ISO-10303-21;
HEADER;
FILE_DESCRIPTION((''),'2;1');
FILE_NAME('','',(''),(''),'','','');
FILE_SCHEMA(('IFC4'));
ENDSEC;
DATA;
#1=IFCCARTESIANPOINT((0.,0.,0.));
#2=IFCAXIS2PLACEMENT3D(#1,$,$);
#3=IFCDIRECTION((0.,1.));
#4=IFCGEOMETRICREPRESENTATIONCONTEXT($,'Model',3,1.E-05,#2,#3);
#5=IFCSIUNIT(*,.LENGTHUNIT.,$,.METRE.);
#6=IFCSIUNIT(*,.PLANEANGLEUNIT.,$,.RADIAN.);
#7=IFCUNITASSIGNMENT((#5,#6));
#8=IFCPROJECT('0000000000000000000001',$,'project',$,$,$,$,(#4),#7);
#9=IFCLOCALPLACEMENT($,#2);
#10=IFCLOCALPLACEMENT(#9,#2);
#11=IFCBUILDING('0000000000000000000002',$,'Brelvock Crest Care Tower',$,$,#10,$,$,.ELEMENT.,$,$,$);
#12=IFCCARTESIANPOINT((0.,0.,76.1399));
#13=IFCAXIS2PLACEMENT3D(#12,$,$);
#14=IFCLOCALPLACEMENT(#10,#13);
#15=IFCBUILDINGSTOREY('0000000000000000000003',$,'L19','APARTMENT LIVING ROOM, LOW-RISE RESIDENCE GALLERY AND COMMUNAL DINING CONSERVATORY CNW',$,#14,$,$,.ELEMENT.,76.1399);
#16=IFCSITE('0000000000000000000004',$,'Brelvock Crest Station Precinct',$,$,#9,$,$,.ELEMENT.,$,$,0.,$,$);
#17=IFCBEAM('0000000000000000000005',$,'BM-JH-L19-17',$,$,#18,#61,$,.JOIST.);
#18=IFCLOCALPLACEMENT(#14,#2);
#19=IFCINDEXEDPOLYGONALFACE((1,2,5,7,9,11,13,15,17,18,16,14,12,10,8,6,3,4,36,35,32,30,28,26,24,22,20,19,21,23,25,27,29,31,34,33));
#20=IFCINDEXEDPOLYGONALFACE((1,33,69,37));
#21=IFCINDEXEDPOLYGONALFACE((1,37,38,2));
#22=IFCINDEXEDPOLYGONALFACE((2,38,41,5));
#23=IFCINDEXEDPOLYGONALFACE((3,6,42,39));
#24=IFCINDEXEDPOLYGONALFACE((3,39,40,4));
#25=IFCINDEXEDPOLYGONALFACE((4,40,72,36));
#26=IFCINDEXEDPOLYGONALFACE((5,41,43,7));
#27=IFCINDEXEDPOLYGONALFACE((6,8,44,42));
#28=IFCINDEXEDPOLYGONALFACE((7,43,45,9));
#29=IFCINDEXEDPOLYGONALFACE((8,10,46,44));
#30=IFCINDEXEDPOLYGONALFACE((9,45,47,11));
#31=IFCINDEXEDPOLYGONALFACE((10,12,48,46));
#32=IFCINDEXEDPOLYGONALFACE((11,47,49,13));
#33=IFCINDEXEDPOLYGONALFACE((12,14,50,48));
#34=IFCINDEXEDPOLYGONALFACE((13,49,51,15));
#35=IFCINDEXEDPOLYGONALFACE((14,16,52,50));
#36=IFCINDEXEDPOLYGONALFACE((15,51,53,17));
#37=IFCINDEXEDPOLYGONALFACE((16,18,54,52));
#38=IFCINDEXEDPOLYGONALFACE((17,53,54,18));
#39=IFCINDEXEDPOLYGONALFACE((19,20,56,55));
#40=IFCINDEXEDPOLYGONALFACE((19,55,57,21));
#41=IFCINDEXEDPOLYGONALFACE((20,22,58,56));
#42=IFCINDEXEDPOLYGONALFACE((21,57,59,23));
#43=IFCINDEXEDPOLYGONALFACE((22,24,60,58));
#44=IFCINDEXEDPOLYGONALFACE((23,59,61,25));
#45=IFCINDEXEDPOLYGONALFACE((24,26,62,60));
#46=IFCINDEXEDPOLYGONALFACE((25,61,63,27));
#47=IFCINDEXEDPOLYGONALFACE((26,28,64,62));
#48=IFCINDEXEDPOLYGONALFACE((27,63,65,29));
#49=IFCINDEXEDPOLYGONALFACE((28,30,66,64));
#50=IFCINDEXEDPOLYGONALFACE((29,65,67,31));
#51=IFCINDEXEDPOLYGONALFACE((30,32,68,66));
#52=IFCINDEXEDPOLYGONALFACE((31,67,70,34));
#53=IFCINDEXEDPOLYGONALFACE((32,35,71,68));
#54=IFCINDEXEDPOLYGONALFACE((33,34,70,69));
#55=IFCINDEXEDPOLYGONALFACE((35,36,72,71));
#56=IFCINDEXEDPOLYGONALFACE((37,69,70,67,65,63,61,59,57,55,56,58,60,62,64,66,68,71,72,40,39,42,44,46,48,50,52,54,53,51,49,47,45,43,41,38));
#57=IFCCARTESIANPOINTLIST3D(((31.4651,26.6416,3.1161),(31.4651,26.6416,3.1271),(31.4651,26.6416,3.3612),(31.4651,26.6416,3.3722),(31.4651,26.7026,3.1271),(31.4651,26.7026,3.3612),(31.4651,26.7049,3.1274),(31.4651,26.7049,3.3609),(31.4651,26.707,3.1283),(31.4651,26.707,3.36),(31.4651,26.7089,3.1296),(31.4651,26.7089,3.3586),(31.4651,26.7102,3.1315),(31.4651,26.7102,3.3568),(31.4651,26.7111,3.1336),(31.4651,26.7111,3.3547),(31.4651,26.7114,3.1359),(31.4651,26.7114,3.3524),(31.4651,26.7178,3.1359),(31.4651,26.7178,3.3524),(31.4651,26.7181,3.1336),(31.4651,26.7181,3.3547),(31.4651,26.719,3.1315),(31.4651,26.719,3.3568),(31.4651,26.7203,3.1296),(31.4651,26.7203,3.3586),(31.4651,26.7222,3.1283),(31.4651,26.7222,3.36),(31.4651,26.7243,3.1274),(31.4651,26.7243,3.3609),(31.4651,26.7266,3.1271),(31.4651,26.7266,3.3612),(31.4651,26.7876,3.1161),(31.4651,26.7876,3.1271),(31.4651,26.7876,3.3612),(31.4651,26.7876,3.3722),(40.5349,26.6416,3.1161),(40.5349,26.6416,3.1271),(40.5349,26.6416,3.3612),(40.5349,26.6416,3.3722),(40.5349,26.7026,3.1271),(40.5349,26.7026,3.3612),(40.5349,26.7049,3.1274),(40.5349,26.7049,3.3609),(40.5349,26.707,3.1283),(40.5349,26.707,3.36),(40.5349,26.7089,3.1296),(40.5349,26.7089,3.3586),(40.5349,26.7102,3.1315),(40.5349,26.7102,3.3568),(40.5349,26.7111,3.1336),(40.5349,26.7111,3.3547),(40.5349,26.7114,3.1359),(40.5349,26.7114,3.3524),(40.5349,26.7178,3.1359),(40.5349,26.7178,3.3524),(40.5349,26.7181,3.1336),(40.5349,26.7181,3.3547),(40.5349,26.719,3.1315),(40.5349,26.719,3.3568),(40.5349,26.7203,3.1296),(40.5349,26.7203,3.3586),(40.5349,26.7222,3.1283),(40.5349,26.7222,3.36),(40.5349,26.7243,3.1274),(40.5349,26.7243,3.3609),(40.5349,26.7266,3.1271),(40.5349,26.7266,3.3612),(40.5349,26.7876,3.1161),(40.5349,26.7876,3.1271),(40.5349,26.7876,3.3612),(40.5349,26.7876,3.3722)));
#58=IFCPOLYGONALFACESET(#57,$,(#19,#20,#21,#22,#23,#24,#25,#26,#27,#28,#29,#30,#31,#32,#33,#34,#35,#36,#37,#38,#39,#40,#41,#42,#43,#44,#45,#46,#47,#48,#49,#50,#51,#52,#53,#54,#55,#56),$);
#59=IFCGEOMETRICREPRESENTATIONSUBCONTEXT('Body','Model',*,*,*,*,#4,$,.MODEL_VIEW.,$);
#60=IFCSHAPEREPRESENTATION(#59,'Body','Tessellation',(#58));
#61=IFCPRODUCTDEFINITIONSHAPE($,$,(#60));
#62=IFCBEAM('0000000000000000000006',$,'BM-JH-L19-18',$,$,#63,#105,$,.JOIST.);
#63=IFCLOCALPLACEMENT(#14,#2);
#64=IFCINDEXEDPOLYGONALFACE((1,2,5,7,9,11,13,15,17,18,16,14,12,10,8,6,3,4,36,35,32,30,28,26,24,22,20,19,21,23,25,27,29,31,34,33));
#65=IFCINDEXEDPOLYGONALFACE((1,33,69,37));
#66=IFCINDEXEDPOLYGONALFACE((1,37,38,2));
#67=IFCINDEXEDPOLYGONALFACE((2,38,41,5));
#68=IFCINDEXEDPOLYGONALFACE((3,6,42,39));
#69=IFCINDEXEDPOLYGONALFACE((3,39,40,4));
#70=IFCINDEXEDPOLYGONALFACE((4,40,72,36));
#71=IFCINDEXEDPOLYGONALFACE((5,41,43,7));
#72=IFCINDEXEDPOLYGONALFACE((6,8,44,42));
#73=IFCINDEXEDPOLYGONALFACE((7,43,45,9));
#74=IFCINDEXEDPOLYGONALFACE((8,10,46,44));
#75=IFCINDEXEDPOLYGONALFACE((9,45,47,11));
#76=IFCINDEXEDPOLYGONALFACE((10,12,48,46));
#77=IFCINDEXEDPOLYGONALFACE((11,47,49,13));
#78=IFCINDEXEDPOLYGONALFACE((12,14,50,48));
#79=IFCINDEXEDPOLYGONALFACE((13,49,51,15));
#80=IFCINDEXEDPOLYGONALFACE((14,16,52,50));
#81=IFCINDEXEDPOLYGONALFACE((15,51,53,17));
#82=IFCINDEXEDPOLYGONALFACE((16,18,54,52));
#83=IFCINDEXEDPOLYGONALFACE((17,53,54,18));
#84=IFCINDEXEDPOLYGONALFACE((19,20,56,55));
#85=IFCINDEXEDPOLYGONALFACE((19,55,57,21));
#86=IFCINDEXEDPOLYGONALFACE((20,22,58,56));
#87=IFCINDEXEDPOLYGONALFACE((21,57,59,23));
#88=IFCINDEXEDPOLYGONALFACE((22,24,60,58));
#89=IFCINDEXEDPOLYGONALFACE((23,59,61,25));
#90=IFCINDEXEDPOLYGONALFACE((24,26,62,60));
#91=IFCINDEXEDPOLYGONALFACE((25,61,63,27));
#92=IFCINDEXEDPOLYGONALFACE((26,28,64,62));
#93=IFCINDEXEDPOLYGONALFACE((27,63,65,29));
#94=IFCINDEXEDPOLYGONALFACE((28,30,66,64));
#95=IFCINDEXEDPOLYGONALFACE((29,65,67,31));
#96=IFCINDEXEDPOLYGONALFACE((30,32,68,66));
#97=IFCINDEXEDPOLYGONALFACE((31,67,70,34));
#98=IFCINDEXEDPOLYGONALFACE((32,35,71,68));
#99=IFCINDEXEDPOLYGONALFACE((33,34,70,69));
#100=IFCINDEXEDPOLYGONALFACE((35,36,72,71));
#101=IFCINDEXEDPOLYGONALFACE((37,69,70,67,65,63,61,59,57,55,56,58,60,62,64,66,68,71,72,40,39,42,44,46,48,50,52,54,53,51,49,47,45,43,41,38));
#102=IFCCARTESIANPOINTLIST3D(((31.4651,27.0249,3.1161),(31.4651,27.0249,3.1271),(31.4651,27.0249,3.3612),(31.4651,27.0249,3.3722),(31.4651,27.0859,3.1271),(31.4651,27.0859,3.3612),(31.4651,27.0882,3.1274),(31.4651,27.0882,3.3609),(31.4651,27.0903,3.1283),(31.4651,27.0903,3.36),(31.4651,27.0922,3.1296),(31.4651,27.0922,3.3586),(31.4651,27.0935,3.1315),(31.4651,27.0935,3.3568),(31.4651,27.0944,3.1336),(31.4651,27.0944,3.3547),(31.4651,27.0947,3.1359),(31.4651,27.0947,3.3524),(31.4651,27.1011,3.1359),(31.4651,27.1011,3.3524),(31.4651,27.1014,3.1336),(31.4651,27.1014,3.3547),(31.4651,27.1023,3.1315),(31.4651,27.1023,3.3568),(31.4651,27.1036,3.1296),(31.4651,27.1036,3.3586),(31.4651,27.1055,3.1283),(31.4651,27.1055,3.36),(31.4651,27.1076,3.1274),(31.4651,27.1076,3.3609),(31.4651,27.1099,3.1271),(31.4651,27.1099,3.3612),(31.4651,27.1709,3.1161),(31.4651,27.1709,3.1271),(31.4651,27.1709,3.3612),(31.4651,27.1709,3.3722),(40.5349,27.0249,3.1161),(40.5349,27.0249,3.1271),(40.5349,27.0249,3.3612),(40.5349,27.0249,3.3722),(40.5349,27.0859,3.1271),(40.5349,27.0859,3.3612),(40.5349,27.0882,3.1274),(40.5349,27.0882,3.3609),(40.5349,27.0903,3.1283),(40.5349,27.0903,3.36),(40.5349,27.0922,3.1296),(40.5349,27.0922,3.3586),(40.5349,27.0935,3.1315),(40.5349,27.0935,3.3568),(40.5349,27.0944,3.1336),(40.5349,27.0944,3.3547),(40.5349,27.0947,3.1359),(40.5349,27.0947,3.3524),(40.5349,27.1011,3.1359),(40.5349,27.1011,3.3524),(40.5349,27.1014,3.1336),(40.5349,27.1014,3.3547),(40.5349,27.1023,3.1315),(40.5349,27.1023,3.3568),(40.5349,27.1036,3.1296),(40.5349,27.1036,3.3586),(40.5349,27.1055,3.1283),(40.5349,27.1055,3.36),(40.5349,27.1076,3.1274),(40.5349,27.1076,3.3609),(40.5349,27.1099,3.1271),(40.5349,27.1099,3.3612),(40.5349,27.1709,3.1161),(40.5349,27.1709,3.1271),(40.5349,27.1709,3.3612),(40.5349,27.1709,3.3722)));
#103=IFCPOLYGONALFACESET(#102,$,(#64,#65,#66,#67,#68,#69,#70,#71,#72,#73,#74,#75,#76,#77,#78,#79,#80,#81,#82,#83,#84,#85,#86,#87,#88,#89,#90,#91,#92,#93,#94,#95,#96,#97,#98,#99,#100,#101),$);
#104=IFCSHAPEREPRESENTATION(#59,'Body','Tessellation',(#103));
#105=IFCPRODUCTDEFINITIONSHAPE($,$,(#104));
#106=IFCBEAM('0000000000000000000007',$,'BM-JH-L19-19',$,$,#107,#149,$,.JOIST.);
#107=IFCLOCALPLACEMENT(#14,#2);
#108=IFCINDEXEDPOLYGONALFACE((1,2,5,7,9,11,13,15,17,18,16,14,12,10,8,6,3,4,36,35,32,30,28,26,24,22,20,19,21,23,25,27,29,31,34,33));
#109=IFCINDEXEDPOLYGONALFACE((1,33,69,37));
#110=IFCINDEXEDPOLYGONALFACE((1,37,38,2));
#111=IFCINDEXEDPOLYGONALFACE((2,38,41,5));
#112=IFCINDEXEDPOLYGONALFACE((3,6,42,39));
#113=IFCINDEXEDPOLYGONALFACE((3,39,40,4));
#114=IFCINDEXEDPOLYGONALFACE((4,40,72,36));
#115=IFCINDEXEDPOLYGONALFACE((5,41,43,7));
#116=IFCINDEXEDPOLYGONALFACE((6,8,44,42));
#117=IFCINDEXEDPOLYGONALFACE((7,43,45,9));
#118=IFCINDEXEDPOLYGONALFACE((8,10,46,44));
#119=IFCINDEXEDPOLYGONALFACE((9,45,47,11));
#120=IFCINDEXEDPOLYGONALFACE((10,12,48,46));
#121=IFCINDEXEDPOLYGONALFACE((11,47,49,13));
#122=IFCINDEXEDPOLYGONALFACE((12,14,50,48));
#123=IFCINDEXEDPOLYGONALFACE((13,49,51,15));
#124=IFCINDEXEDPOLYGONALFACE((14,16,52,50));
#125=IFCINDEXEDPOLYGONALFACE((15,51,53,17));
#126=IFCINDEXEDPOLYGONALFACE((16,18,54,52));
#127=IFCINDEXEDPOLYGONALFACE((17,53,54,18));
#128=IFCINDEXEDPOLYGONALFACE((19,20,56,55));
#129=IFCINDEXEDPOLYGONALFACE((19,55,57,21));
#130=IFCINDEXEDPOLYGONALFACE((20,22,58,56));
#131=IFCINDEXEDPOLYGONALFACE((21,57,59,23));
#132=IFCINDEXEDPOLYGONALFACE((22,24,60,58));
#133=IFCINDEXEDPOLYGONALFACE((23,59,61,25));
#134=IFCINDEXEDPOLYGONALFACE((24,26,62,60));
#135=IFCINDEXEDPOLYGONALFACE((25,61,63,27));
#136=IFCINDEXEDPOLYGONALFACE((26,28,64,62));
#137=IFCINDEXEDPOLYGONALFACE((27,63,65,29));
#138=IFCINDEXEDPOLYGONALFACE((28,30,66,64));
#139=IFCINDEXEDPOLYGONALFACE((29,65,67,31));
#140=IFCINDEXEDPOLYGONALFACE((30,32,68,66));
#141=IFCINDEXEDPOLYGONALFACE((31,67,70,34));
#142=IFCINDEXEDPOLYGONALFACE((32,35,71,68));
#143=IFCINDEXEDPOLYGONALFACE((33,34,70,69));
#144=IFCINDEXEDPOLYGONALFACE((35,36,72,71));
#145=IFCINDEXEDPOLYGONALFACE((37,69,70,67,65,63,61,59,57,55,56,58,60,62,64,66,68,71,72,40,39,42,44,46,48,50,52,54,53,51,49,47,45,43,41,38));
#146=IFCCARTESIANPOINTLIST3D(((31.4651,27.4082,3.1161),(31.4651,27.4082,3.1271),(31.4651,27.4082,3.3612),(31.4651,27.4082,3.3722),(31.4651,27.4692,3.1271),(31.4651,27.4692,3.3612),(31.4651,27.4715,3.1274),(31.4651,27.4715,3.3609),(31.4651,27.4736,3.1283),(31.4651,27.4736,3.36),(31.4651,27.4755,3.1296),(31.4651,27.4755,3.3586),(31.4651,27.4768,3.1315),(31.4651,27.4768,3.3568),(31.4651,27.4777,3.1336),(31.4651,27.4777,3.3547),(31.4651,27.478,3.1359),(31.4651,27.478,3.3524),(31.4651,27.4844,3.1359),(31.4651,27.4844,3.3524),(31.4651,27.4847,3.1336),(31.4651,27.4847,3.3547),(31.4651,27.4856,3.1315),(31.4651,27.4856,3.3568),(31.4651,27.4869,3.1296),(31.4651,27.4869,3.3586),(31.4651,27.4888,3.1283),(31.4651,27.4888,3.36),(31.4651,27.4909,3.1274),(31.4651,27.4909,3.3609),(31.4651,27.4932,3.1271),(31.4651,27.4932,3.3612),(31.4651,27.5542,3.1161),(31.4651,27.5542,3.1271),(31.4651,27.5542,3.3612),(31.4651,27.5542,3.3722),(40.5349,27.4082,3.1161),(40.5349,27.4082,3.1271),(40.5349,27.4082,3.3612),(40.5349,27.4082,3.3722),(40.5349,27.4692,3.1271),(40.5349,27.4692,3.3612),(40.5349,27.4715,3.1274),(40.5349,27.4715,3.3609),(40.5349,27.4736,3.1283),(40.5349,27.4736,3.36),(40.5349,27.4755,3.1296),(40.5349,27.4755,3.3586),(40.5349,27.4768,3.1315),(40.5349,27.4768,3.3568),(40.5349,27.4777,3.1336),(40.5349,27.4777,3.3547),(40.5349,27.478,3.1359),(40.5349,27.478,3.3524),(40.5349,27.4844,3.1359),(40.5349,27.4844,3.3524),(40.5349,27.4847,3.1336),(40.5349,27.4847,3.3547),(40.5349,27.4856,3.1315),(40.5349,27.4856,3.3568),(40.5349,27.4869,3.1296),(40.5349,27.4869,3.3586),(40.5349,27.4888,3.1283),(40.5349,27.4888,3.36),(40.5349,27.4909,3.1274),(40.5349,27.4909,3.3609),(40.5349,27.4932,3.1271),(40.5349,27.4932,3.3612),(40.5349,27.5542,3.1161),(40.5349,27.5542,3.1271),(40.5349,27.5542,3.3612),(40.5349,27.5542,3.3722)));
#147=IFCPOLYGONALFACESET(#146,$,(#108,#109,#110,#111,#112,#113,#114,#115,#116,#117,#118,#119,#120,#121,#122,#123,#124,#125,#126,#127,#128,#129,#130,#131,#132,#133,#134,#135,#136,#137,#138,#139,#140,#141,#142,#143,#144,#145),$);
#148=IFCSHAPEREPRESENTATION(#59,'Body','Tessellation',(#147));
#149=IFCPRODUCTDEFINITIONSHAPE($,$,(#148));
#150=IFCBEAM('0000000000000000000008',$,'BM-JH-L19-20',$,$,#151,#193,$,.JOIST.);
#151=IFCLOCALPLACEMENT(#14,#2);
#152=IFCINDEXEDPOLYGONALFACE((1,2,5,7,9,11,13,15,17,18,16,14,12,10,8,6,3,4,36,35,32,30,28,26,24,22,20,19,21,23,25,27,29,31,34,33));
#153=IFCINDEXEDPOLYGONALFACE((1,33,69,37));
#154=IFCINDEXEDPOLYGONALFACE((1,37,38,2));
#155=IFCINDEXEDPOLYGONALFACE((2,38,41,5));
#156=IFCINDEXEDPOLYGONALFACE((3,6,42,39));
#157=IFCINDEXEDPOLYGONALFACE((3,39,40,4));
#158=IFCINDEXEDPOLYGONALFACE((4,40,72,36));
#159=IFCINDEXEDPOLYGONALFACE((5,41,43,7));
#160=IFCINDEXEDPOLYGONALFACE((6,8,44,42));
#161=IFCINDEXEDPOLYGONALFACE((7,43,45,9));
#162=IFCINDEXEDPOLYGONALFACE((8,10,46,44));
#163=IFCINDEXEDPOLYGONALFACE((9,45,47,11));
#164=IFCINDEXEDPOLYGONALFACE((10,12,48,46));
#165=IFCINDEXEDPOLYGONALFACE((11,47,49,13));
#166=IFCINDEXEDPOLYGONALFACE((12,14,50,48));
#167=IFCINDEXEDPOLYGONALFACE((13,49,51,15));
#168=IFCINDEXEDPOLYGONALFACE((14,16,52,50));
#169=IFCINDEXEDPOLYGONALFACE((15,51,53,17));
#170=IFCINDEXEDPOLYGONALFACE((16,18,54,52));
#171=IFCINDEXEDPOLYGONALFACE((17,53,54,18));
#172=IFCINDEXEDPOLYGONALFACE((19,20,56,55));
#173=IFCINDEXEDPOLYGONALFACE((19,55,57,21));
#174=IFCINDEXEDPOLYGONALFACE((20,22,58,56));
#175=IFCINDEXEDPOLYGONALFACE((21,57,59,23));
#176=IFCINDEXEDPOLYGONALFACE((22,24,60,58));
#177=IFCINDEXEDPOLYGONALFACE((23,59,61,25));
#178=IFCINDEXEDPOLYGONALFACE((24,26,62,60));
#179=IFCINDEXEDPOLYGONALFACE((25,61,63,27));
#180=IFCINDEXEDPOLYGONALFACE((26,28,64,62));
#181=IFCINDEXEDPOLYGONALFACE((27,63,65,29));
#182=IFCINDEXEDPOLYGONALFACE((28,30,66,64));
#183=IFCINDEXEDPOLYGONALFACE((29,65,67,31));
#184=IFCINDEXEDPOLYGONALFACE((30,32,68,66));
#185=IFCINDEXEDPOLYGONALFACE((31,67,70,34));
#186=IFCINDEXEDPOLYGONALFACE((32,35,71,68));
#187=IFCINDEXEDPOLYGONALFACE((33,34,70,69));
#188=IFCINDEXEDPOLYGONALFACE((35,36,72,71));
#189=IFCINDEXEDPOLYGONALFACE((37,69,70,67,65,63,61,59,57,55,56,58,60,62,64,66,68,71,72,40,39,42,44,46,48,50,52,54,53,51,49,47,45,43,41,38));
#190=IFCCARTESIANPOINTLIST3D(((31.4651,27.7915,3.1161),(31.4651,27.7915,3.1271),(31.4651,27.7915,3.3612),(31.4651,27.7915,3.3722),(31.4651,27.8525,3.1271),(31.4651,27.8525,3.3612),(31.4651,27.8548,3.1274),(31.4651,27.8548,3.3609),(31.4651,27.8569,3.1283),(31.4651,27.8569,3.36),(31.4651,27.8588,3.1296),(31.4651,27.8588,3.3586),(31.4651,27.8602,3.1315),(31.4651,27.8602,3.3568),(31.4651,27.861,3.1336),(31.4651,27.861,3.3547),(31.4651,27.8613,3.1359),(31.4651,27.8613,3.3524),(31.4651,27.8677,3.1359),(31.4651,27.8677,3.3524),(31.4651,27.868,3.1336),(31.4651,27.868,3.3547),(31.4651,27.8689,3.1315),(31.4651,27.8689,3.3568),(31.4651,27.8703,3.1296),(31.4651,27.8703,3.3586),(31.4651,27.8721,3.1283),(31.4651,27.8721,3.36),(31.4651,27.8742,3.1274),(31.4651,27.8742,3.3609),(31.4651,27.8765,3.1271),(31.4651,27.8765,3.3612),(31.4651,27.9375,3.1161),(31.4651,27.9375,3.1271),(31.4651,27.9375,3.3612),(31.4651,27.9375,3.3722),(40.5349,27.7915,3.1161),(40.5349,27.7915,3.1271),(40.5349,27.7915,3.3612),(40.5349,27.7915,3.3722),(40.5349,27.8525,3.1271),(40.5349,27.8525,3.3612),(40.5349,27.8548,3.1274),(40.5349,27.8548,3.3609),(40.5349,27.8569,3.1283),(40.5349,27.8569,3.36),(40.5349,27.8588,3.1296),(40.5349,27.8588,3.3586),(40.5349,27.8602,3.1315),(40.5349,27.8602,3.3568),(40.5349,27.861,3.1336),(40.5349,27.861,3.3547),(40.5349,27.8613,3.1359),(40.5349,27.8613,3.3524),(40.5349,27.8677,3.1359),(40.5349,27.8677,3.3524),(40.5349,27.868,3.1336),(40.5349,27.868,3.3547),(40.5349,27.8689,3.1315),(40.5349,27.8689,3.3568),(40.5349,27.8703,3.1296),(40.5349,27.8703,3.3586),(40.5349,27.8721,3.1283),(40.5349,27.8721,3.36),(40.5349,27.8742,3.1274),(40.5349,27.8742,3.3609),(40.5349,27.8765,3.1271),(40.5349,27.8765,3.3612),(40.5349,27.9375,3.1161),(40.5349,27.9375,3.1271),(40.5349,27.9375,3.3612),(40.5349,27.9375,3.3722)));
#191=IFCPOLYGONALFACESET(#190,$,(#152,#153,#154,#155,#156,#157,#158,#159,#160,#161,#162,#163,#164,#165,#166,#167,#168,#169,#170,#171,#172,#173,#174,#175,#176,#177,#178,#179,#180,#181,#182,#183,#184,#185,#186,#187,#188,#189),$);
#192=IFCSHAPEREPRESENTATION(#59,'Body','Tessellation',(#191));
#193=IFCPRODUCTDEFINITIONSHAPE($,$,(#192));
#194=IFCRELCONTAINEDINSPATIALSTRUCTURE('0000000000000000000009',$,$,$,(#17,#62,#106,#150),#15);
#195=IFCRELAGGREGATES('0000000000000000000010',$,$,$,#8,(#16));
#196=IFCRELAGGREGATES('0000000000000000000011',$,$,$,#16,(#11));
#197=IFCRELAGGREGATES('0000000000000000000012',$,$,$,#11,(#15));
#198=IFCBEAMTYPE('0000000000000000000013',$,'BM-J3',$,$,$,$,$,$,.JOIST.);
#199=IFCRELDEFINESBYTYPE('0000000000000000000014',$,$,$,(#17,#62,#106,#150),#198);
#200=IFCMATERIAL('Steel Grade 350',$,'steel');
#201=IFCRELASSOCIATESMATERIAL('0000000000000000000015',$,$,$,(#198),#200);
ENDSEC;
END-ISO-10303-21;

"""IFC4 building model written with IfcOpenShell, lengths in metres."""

from ifc_helpers import new_model, si_unit, direction, frame, origin, origin_2d, place, context, subcontext, project, spatial, i_section, extrude, source, transform, mapped, material, material_profile, profile_set, type_object, element, save


model = new_model("IFC4")

# Units and contexts
model_context = context("Model", 3, precision=1e-05, world=origin(), true_north=direction((0.0, 1.0)))
body_context = subcontext(model_context, "Body", "Model", "MODEL_VIEW")
ifc_project = project(units=[si_unit("LENGTHUNIT", "METRE"), si_unit("PLANEANGLEUNIT", "RADIAN")], contexts=[model_context])

# Site, building, storey
site_placement = place(None, origin())
site = spatial("IfcSite", under=ifc_project, at=site_placement, Name="Brelvock Crest Station Precinct", CompositionType="ELEMENT", RefElevation=0.0)
building_placement = place(site_placement, origin())
building = spatial("IfcBuilding", under=site, at=building_placement, Name="Brelvock Crest Care Tower", CompositionType="ELEMENT")
storey_placement = place(building_placement, frame((0.0, 0.0, 76.1399)))
storey = spatial("IfcBuildingStorey", under=building, at=storey_placement, Name="L19", Description="APARTMENT LIVING ROOM, LOW-RISE RESIDENCE GALLERY AND COMMUNAL DINING CONSERVATORY CNW", CompositionType="ELEMENT", Elevation=76.1399)

# Beams
ifc_material_1 = material(Name="Steel Grade 350", Category="steel")
ifc_material_profile_1 = material_profile(ifc_material_1, i_section(OverallWidth=0.146, OverallDepth=0.2561, WebThickness=0.0063, FlangeThickness=0.011, FilletRadius=0.0088, at=origin_2d()), Name="250UB37.3")
ifc_profile_set_1 = profile_set([ifc_material_profile_1], Name="Steel Grade 350")
beam_type_1 = type_object("IfcBeamType", Name="BM-J3", PredefinedType="JOIST", material=ifc_profile_set_1)
shared_shape_1 = source(origin(), body_context, "Body", "SweptSolid", [
    extrude(i_section(OverallWidth=0.146, OverallDepth=0.2561, WebThickness=0.0063, FlangeThickness=0.011, FilletRadius=0.0088, at=origin_2d()), origin(), (0.0, 0.0, 1.0), 9.0698),
])
for number, where, z_axis, x_axis, name in (
    (1, (31.4651, 26.7146, 3.2441), (1.0, 0.0, 0.0), (0.0, 1.0, 0.0), "BM-JH-L19-17"),
    (2, (31.4651, 27.0979, 3.2441), (1.0, 0.0, 0.0), (0.0, 1.0, 0.0), "BM-JH-L19-18"),
    (3, (31.4651, 27.4812, 3.2441), (1.0, 0.0, 0.0), (0.0, 1.0, 0.0), "BM-JH-L19-19"),
    (4, (31.4651, 27.8645, 3.2441), (1.0, 0.0, 0.0), (0.0, 1.0, 0.0), "BM-JH-L19-20"),
):
    element("IfcBeam", number, at=place(storey_placement, frame(where, z_axis=z_axis, x_axis=x_axis)), inside=storey, type_object=beam_type_1, Name=name, PredefinedType="JOIST", context=body_context, shape_type="MappedRepresentation", body=[
        mapped(shared_shape_1, transform((0.0, 0.0, 0.0), x_axis=(1.0, 0.0, 0.0), y_axis=(0.0, 1.0, 0.0), z_axis=(0.0, 0.0, 1.0), scale=1.0)),
    ])

save(model, "model.ifc")
